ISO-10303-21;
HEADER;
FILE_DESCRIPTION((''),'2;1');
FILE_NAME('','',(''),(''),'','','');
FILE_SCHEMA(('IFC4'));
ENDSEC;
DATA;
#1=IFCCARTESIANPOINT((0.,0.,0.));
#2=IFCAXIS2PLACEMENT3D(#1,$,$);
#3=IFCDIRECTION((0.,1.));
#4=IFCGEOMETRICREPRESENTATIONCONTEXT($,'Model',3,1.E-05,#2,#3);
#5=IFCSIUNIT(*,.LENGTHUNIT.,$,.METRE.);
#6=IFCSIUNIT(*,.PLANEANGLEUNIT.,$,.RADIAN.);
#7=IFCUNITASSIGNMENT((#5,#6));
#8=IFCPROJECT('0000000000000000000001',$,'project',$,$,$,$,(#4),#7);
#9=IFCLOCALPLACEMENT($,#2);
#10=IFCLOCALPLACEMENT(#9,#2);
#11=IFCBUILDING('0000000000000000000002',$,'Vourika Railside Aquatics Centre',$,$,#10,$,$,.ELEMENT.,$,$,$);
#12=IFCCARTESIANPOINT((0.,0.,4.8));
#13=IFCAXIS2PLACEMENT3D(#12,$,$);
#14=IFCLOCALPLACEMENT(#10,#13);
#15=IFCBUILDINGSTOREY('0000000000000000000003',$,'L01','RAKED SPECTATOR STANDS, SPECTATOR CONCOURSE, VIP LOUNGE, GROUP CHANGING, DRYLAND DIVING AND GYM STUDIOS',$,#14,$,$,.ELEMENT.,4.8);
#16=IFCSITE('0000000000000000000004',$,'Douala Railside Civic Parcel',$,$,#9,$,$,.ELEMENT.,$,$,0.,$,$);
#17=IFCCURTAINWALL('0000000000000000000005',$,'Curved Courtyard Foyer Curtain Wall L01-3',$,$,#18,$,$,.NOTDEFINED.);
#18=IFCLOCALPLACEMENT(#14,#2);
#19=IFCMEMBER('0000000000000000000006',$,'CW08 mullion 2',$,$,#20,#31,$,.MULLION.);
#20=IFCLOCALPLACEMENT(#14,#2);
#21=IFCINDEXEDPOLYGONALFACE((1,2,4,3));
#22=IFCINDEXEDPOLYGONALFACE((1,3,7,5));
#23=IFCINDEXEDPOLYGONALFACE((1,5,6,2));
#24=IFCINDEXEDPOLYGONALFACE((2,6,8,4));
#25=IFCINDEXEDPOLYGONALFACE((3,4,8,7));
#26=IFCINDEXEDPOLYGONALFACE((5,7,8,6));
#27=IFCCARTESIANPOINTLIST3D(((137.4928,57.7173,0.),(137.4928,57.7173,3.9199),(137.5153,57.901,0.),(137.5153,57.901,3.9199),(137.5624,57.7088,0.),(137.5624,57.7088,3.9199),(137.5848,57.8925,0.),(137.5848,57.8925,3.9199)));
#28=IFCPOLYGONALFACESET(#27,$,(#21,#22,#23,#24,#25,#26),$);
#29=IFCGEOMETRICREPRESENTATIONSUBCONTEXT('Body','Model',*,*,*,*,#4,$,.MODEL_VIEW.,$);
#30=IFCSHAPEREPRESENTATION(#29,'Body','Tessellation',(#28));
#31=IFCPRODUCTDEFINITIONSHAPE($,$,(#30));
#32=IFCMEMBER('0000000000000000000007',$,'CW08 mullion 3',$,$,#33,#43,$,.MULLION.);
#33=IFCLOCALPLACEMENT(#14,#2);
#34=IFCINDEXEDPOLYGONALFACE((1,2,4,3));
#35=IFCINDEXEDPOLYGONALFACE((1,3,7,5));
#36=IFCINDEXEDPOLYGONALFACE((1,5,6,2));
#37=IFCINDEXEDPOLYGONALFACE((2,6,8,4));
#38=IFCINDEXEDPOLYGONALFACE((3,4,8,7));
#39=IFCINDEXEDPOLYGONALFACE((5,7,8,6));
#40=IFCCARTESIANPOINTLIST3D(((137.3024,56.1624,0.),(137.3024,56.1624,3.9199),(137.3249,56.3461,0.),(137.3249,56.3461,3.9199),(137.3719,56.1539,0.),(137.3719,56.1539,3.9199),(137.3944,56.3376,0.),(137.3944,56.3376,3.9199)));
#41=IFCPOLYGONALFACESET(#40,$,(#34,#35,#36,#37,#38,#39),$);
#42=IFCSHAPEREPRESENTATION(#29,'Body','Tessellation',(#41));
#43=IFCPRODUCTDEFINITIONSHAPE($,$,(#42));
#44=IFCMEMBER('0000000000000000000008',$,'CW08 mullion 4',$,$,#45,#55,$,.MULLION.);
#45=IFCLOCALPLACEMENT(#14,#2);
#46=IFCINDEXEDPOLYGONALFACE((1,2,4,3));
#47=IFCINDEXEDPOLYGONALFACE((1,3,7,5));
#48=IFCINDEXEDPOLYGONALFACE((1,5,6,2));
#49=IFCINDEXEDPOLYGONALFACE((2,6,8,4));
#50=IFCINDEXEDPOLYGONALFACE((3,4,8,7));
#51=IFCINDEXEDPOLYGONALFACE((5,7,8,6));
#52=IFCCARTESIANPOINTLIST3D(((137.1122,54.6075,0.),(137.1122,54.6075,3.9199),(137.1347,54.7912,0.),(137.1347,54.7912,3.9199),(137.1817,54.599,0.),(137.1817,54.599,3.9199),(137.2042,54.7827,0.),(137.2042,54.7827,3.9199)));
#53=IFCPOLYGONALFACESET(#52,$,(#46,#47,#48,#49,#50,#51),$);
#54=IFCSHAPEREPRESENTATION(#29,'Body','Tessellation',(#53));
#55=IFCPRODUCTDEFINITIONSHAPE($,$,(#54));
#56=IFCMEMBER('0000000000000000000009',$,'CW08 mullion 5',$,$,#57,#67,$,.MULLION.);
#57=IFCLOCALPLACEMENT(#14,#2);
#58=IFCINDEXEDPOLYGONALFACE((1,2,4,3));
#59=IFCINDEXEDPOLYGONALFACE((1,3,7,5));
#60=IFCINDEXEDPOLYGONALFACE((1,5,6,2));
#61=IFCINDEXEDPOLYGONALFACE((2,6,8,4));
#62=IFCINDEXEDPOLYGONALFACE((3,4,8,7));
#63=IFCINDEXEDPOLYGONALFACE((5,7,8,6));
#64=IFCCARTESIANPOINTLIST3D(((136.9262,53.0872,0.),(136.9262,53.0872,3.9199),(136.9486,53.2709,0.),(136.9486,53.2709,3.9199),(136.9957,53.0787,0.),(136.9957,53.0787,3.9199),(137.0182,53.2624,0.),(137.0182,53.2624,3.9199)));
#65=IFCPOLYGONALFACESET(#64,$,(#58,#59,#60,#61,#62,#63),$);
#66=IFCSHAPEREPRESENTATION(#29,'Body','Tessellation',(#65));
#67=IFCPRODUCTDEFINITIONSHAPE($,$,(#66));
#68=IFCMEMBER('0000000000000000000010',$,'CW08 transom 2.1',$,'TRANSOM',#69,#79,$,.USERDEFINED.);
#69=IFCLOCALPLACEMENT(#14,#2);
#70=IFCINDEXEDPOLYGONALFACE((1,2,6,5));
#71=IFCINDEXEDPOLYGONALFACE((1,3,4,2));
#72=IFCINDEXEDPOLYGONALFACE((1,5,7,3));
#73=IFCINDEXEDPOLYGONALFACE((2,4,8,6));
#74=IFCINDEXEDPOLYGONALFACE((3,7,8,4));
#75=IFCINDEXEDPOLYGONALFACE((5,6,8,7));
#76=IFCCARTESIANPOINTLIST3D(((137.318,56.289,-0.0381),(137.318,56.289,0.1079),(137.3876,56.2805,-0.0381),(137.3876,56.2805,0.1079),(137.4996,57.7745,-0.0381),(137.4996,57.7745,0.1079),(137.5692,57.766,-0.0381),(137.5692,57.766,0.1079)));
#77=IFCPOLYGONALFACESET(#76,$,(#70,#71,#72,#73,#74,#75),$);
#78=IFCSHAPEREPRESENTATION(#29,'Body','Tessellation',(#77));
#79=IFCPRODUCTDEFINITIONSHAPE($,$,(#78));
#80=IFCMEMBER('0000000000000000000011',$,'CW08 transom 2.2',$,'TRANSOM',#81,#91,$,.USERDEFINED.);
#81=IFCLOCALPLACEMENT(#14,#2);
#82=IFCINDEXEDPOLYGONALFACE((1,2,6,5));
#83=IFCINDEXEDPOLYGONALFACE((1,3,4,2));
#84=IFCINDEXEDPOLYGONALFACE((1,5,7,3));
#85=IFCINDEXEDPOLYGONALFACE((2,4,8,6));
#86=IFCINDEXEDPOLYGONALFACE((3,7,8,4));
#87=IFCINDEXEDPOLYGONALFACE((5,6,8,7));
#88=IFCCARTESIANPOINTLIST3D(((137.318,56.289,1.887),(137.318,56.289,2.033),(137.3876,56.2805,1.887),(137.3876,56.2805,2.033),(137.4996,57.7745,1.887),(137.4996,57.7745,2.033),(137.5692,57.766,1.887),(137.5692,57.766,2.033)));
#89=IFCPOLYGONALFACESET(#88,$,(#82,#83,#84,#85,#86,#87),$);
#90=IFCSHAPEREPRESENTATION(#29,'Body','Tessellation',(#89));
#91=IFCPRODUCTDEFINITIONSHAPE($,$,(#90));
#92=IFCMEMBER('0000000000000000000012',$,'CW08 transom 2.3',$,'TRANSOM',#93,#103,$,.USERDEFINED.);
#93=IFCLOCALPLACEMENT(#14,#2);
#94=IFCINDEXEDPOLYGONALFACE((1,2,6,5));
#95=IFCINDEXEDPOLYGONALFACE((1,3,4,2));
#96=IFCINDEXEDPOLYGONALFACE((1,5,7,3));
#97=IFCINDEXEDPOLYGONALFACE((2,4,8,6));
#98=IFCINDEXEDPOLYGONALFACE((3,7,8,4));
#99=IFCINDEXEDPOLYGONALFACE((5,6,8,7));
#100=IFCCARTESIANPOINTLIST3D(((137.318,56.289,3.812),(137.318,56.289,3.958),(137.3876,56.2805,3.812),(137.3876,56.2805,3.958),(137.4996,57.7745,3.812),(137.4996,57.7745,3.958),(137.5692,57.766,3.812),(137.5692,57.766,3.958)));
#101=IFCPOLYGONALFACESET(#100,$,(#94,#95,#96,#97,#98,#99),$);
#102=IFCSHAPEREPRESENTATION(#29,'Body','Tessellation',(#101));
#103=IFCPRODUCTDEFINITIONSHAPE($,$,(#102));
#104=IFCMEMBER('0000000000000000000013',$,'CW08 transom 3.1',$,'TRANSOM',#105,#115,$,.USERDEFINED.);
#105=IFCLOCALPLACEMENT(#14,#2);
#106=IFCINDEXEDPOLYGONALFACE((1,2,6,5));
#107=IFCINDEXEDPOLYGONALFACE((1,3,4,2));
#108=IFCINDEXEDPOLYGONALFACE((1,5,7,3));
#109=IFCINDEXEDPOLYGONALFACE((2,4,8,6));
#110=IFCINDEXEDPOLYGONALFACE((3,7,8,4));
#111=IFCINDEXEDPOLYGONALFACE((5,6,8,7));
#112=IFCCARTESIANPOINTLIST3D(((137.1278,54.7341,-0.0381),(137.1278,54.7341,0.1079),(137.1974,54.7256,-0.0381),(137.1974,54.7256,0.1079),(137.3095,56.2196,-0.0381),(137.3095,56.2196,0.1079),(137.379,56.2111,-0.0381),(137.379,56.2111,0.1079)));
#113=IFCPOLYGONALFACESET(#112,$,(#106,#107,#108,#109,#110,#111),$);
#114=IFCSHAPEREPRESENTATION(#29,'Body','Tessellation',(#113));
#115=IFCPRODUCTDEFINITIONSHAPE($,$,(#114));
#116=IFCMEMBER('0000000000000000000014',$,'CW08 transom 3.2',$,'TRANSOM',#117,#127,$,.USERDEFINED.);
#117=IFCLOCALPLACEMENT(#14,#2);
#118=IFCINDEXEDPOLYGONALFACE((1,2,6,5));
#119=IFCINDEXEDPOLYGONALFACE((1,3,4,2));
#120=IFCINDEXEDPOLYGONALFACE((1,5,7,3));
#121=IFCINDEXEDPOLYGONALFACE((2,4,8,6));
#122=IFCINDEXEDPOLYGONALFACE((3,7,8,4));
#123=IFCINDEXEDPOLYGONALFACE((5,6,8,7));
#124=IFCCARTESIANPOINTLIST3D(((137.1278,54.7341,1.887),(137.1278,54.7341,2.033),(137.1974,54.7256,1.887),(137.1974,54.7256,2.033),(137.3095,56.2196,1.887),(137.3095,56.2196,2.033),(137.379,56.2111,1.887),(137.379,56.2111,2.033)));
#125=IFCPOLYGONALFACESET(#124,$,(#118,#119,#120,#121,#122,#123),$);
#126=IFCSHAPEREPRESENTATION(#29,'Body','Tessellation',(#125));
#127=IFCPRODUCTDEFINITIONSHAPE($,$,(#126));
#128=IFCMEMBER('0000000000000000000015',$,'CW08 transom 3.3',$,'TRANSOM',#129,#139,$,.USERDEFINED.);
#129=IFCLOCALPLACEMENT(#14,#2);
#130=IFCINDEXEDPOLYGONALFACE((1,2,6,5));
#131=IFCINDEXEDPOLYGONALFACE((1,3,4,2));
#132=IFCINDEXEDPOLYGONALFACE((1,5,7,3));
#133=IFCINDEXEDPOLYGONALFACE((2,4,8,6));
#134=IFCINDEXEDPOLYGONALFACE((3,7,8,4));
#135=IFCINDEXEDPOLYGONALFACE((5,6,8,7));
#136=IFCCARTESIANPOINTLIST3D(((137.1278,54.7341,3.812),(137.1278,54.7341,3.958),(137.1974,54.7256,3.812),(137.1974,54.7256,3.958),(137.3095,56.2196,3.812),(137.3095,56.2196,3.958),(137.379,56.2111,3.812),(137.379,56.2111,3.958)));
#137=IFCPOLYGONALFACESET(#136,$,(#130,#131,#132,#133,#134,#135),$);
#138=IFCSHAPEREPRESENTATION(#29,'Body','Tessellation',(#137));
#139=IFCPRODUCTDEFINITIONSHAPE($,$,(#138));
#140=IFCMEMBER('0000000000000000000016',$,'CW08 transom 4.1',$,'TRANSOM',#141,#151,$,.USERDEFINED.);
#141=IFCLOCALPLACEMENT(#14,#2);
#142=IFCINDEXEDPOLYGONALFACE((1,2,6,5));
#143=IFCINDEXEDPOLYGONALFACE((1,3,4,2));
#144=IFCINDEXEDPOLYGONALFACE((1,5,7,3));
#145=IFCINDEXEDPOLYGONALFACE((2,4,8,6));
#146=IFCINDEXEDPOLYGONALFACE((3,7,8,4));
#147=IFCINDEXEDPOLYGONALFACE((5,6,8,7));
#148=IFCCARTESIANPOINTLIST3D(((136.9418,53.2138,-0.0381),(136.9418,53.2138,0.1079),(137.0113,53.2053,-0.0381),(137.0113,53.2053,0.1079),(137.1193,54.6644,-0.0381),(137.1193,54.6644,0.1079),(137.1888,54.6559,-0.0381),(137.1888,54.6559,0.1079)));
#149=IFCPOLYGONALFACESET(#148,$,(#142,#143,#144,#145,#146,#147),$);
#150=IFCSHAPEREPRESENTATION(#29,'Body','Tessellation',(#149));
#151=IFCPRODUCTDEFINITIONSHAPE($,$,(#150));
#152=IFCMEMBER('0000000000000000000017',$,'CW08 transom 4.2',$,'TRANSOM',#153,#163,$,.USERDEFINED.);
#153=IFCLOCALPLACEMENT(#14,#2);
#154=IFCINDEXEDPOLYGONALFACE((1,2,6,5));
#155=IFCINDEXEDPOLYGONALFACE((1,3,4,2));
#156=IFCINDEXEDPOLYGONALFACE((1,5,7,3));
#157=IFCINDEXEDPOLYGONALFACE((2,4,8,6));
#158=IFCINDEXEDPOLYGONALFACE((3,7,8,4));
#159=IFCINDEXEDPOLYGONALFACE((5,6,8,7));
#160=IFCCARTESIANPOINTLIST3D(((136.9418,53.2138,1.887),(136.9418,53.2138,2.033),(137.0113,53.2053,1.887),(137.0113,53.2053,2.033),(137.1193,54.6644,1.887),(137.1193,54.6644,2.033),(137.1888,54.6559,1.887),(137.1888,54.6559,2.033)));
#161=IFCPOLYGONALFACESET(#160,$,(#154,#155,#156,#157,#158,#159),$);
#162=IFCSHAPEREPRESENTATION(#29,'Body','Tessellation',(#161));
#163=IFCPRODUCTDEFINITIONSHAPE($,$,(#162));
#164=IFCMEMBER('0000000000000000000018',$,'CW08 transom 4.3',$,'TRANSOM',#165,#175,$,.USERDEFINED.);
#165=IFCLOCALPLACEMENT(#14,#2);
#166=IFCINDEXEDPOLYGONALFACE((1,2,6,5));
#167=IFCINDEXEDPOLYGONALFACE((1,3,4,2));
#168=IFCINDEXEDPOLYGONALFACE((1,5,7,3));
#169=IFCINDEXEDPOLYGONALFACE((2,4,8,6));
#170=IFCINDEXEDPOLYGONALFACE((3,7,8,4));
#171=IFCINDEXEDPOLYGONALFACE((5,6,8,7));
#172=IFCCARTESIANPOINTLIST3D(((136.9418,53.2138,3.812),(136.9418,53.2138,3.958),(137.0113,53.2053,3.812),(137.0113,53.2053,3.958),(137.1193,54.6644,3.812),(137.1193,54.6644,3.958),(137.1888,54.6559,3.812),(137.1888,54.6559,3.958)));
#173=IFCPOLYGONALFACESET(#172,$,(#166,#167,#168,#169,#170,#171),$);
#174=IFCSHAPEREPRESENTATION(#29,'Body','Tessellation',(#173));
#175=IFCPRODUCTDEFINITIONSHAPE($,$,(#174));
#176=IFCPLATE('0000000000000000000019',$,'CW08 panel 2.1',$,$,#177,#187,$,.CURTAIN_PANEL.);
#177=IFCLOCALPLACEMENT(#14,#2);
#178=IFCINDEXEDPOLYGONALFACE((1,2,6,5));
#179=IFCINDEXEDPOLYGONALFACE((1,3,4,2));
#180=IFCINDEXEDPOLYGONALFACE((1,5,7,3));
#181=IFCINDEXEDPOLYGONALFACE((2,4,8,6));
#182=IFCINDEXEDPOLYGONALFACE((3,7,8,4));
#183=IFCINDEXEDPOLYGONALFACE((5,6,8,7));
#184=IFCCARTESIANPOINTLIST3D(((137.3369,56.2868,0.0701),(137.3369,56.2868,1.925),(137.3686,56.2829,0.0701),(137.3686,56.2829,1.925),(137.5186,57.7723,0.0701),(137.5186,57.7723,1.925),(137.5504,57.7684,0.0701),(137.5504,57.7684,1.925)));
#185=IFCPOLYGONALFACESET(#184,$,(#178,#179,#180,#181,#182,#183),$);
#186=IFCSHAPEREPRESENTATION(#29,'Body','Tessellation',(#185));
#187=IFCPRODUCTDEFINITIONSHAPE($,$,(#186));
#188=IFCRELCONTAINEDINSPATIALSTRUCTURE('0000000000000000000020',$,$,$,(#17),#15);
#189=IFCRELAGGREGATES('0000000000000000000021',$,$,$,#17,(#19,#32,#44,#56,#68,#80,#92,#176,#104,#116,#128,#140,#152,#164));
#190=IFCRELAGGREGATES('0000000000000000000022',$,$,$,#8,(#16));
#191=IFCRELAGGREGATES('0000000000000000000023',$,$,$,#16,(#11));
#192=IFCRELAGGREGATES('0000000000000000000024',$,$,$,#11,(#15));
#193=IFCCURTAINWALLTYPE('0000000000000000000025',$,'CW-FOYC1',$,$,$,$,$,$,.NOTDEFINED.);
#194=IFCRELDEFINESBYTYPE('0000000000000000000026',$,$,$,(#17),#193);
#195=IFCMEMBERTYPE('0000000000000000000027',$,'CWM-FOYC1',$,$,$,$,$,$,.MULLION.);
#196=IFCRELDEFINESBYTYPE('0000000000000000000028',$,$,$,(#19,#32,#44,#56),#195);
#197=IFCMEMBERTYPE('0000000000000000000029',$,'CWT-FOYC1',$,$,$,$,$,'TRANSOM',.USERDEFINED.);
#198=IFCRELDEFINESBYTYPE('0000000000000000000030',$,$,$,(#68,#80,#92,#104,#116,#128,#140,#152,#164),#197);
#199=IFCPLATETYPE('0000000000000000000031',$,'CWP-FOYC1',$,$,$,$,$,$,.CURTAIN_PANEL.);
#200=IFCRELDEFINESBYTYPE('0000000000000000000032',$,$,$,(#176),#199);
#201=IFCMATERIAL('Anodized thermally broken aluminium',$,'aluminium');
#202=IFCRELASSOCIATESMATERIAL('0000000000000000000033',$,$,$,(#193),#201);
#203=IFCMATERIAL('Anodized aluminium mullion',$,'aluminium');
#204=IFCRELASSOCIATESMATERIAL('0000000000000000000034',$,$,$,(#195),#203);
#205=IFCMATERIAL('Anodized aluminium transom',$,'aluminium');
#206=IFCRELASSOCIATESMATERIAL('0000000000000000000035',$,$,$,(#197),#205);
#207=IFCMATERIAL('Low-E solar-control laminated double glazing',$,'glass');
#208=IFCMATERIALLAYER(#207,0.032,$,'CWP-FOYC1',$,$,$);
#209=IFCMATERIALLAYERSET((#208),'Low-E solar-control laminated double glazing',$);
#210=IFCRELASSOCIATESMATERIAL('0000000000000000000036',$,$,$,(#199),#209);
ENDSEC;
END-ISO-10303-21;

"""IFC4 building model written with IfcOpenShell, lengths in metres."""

from ifc_helpers import new_model, si_unit, direction, frame, origin, origin_2d, place, context, subcontext, project, spatial, rectangle, extrude, material, layer, layer_set, material_profile, profile_set, type_object, element, aggregate, save


model = new_model("IFC4")

# Units and contexts
model_context = context("Model", 3, precision=1e-05, world=origin(), true_north=direction((0.0, 1.0)))
body_context = subcontext(model_context, "Body", "Model", "MODEL_VIEW")
ifc_project = project(units=[si_unit("LENGTHUNIT", "METRE"), si_unit("PLANEANGLEUNIT", "RADIAN")], contexts=[model_context])

# Site, building, storey
site_placement = place(None, origin())
site = spatial("IfcSite", under=ifc_project, at=site_placement, Name="Douala Railside Civic Parcel", CompositionType="ELEMENT", RefElevation=0.0)
building_placement = place(site_placement, origin())
building = spatial("IfcBuilding", under=site, at=building_placement, Name="Vourika Railside Aquatics Centre", CompositionType="ELEMENT")
storey_placement = place(building_placement, frame((0.0, 0.0, 4.8)))
storey = spatial("IfcBuildingStorey", under=building, at=storey_placement, Name="L01", Description="RAKED SPECTATOR STANDS, SPECTATOR CONCOURSE, VIP LOUNGE, GROUP CHANGING, DRYLAND DIVING AND GYM STUDIOS", CompositionType="ELEMENT", Elevation=4.8)

# Curtain wall, members, plate
ifc_material_1 = material(Name="Anodized thermally broken aluminium", Category="aluminium")
curtain_wall_type = type_object("IfcCurtainWallType", Name="CW-FOYC1", PredefinedType="NOTDEFINED", material=ifc_material_1)
curtain_wall_placement = place(storey_placement, origin())
curtain_wall = element("IfcCurtainWall", 1, at=curtain_wall_placement, inside=storey, type_object=curtain_wall_type, Name="Curved Courtyard Foyer Curtain Wall L01-3", PredefinedType="NOTDEFINED")
ifc_material_2 = material(Name="Anodized aluminium mullion", Category="aluminium")
ifc_material_profile_1 = material_profile(ifc_material_2, rectangle(XDim=0.0701, YDim=0.1851, at=origin_2d()), Name="ALU-M 70x185")
ifc_profile_set_1 = profile_set([ifc_material_profile_1], Name="Anodized aluminium mullion")
member_type_1 = type_object("IfcMemberType", Name="CWM-FOYC1", PredefinedType="MULLION", material=ifc_profile_set_1)
member_1_placement = place(storey_placement, frame((137.5388, 57.8049, 0.0), z_axis=(0.0, 0.0, 1.0), x_axis=(0.992599, -0.121442, 0.0)))
member_1 = element("IfcMember", 2, at=member_1_placement, type_object=member_type_1, Name="CW08 mullion 2", PredefinedType="MULLION", context=body_context, shape_type="SweptSolid", body=[
    extrude(rectangle(XDim=0.0701, YDim=0.1851, at=origin_2d()), origin(), (0.0, 0.0, 1.0), 3.9199),
])
member_2_placement = place(storey_placement, frame((137.3484, 56.25, 0.0), z_axis=(0.0, 0.0, 1.0), x_axis=(0.992599, -0.121442, 0.0)))
member_2 = element("IfcMember", 3, at=member_2_placement, type_object=member_type_1, Name="CW08 mullion 3", PredefinedType="MULLION", context=body_context, shape_type="SweptSolid", body=[
    extrude(rectangle(XDim=0.0701, YDim=0.1851, at=origin_2d()), origin(), (0.0, 0.0, 1.0), 3.9199),
])
member_3_placement = place(storey_placement, frame((137.1582, 54.6951, 0.0), z_axis=(0.0, 0.0, 1.0), x_axis=(0.992599, -0.121442, 0.0)))
member_3 = element("IfcMember", 4, at=member_3_placement, type_object=member_type_1, Name="CW08 mullion 4", PredefinedType="MULLION", context=body_context, shape_type="SweptSolid", body=[
    extrude(rectangle(XDim=0.0701, YDim=0.1851, at=origin_2d()), origin(), (0.0, 0.0, 1.0), 3.9199),
])
member_4_placement = place(storey_placement, frame((136.9722, 53.1748, 0.0), z_axis=(0.0, 0.0, 1.0), x_axis=(0.992599, -0.121442, 0.0)))
member_4 = element("IfcMember", 5, at=member_4_placement, type_object=member_type_1, Name="CW08 mullion 5", PredefinedType="MULLION", context=body_context, shape_type="SweptSolid", body=[
    extrude(rectangle(XDim=0.0701, YDim=0.1851, at=origin_2d()), origin(), (0.0, 0.0, 1.0), 3.9199),
])
ifc_material_3 = material(Name="Anodized aluminium transom", Category="aluminium")
ifc_material_profile_2 = material_profile(ifc_material_3, rectangle(XDim=0.0701, YDim=0.146, at=origin_2d()), Name="ALU-T 70x146")
ifc_profile_set_2 = profile_set([ifc_material_profile_2], Name="Anodized aluminium transom")
member_type_2 = type_object("IfcMemberType", Name="CWT-FOYC1", ElementType="TRANSOM", PredefinedType="USERDEFINED", material=ifc_profile_set_2)
member_5_placement = place(storey_placement, frame((137.5344, 57.7703, 0.0349), z_axis=(-0.121364, -0.992608, 0.0), x_axis=(0.992608, -0.121364, 0.0)))
member_5 = element("IfcMember", 6, at=member_5_placement, type_object=member_type_2, Name="CW08 transom 2.1", ObjectType="TRANSOM", PredefinedType="USERDEFINED", context=body_context, shape_type="SweptSolid", body=[
    extrude(rectangle(XDim=0.0701, YDim=0.146, at=origin_2d()), origin(), (0.0, 0.0, 1.0), 1.4966),
])
member_6_placement = place(storey_placement, frame((137.5344, 57.7703, 1.96), z_axis=(-0.121364, -0.992608, 0.0), x_axis=(0.992608, -0.121364, 0.0)))
member_6 = element("IfcMember", 7, at=member_6_placement, type_object=member_type_2, Name="CW08 transom 2.2", ObjectType="TRANSOM", PredefinedType="USERDEFINED", context=body_context, shape_type="SweptSolid", body=[
    extrude(rectangle(XDim=0.0701, YDim=0.146, at=origin_2d()), origin(), (0.0, 0.0, 1.0), 1.4966),
])
member_7_placement = place(storey_placement, frame((137.5344, 57.7703, 3.885), z_axis=(-0.121364, -0.992608, 0.0), x_axis=(0.992608, -0.121364, 0.0)))
member_7 = element("IfcMember", 8, at=member_7_placement, type_object=member_type_2, Name="CW08 transom 2.3", ObjectType="TRANSOM", PredefinedType="USERDEFINED", context=body_context, shape_type="SweptSolid", body=[
    extrude(rectangle(XDim=0.0701, YDim=0.146, at=origin_2d()), origin(), (0.0, 0.0, 1.0), 1.4966),
])
member_8_placement = place(storey_placement, frame((137.3442, 56.2153, 0.0349), z_axis=(-0.121364, -0.992608, 0.0), x_axis=(0.992608, -0.121364, 0.0)))
member_8 = element("IfcMember", 9, at=member_8_placement, type_object=member_type_2, Name="CW08 transom 3.1", ObjectType="TRANSOM", PredefinedType="USERDEFINED", context=body_context, shape_type="SweptSolid", body=[
    extrude(rectangle(XDim=0.0701, YDim=0.146, at=origin_2d()), origin(), (0.0, 0.0, 1.0), 1.4966),
])
member_9_placement = place(storey_placement, frame((137.3442, 56.2153, 1.96), z_axis=(-0.121364, -0.992608, 0.0), x_axis=(0.992608, -0.121364, 0.0)))
member_9 = element("IfcMember", 10, at=member_9_placement, type_object=member_type_2, Name="CW08 transom 3.2", ObjectType="TRANSOM", PredefinedType="USERDEFINED", context=body_context, shape_type="SweptSolid", body=[
    extrude(rectangle(XDim=0.0701, YDim=0.146, at=origin_2d()), origin(), (0.0, 0.0, 1.0), 1.4966),
])
member_10_placement = place(storey_placement, frame((137.3442, 56.2153, 3.885), z_axis=(-0.121364, -0.992608, 0.0), x_axis=(0.992608, -0.121364, 0.0)))
member_10 = element("IfcMember", 11, at=member_10_placement, type_object=member_type_2, Name="CW08 transom 3.3", ObjectType="TRANSOM", PredefinedType="USERDEFINED", context=body_context, shape_type="SweptSolid", body=[
    extrude(rectangle(XDim=0.0701, YDim=0.146, at=origin_2d()), origin(), (0.0, 0.0, 1.0), 1.4966),
])
member_11_placement = place(storey_placement, frame((137.1541, 54.6602, 0.0349), z_axis=(-0.121444, -0.992598, 0.0), x_axis=(0.992598, -0.121444, 0.0)))
member_11 = element("IfcMember", 12, at=member_11_placement, type_object=member_type_2, Name="CW08 transom 4.1", ObjectType="TRANSOM", PredefinedType="USERDEFINED", context=body_context, shape_type="SweptSolid", body=[
    extrude(rectangle(XDim=0.0701, YDim=0.146, at=origin_2d()), origin(), (0.0, 0.0, 1.0), 1.4614),
])
member_12_placement = place(storey_placement, frame((137.1541, 54.6602, 1.96), z_axis=(-0.121444, -0.992598, 0.0), x_axis=(0.992598, -0.121444, 0.0)))
member_12 = element("IfcMember", 13, at=member_12_placement, type_object=member_type_2, Name="CW08 transom 4.2", ObjectType="TRANSOM", PredefinedType="USERDEFINED", context=body_context, shape_type="SweptSolid", body=[
    extrude(rectangle(XDim=0.0701, YDim=0.146, at=origin_2d()), origin(), (0.0, 0.0, 1.0), 1.4614),
])
member_13_placement = place(storey_placement, frame((137.1541, 54.6602, 3.885), z_axis=(-0.121444, -0.992598, 0.0), x_axis=(0.992598, -0.121444, 0.0)))
member_13 = element("IfcMember", 14, at=member_13_placement, type_object=member_type_2, Name="CW08 transom 4.3", ObjectType="TRANSOM", PredefinedType="USERDEFINED", context=body_context, shape_type="SweptSolid", body=[
    extrude(rectangle(XDim=0.0701, YDim=0.146, at=origin_2d()), origin(), (0.0, 0.0, 1.0), 1.4614),
])
ifc_material_4 = material(Name="Low-E solar-control laminated double glazing", Category="glass")
ifc_layer = layer(ifc_material_4, 0.032, Name="CWP-FOYC1")
ifc_layer_set = layer_set([ifc_layer], Name="Low-E solar-control laminated double glazing")
plate_type = type_object("IfcPlateType", Name="CWP-FOYC1", PredefinedType="CURTAIN_PANEL", material=ifc_layer_set)
plate_1_placement = place(storey_placement, frame((137.4436, 57.0276, 0.0701), z_axis=(0.0, 0.0, 1.0), x_axis=(-0.121442, -0.992599, 0.0)))
plate_1 = element("IfcPlate", 15, at=plate_1_placement, type_object=plate_type, Name="CW08 panel 2.1", PredefinedType="CURTAIN_PANEL", context=body_context, shape_type="SweptSolid", body=[
    extrude(rectangle(XDim=1.4966, YDim=0.032, at=origin_2d()), origin(), (0.0, 0.0, 1.0), 1.855),
])
aggregate(curtain_wall, [member_1, member_2, member_3, member_4, member_5, member_6, member_7, plate_1, member_8, member_9, member_10, member_11, member_12, member_13])

save(model, "model.ifc")
